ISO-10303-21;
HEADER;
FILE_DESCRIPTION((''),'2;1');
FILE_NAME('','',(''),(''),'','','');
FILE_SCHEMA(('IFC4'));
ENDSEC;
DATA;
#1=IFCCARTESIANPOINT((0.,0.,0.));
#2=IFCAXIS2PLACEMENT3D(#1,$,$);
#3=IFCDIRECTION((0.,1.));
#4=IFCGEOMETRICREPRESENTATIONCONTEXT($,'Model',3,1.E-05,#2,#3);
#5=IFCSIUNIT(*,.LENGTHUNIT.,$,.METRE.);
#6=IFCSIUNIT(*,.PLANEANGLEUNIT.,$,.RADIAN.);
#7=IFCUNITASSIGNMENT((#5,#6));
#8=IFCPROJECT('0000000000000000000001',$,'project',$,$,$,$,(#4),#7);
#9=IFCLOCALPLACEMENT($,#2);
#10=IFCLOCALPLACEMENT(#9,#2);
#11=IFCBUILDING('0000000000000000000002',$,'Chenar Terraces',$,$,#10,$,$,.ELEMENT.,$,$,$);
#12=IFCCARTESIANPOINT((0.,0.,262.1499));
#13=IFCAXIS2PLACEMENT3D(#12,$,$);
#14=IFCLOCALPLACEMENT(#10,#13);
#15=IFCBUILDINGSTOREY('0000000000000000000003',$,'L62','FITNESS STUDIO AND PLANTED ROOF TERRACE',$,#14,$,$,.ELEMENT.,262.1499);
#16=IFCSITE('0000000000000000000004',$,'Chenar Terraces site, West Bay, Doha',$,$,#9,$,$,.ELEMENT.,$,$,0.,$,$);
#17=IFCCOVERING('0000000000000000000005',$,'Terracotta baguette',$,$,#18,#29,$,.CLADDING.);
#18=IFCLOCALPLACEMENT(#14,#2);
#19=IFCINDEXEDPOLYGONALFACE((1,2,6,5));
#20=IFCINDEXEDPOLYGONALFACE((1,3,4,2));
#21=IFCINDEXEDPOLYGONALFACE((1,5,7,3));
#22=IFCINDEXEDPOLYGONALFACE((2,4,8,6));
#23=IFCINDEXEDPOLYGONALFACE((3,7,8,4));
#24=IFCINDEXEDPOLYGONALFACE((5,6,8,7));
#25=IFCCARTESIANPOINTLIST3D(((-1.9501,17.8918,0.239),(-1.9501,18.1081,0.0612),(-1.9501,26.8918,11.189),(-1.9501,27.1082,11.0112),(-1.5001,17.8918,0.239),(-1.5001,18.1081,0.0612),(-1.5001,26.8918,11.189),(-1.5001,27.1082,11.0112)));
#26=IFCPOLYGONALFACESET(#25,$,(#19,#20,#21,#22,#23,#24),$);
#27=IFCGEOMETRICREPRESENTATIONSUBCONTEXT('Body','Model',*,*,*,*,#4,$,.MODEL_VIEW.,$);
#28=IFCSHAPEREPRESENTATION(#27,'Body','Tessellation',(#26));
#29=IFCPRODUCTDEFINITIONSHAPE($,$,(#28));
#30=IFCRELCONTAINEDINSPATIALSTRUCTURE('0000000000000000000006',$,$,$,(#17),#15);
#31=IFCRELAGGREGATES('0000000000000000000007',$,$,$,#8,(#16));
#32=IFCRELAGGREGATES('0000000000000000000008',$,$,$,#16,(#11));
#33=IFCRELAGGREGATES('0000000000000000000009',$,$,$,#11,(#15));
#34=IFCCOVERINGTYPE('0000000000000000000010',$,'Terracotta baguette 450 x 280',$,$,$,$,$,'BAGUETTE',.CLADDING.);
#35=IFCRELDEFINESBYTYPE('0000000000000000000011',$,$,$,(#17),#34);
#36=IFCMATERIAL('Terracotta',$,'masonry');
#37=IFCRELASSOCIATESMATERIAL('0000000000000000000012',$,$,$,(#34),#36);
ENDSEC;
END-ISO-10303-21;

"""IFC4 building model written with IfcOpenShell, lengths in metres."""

from ifc_helpers import new_model, si_unit, direction, frame, origin, origin_2d, place, context, subcontext, project, spatial, rectangle, extrude, material, material_profile, profile_set, type_object, element, save


model = new_model("IFC4")

# Units and contexts
model_context = context("Model", 3, precision=1e-05, world=origin(), true_north=direction((0.0, 1.0)))
body_context = subcontext(model_context, "Body", "Model", "MODEL_VIEW")
ifc_project = project(units=[si_unit("LENGTHUNIT", "METRE"), si_unit("PLANEANGLEUNIT", "RADIAN")], contexts=[model_context])

# Site, building, storey
site_placement = place(None, origin())
site = spatial("IfcSite", under=ifc_project, at=site_placement, Name="Chenar Terraces site, West Bay, Doha", CompositionType="ELEMENT", RefElevation=0.0)
building_placement = place(site_placement, origin())
building = spatial("IfcBuilding", under=site, at=building_placement, Name="Chenar Terraces", CompositionType="ELEMENT")
storey_placement = place(building_placement, frame((0.0, 0.0, 262.1499)))
storey = spatial("IfcBuildingStorey", under=building, at=storey_placement, Name="L62", Description="FITNESS STUDIO AND PLANTED ROOF TERRACE", CompositionType="ELEMENT", Elevation=262.1499)

# Covering
ifc_material_1 = material(Name="Terracotta", Category="masonry")
ifc_material_profile_1 = material_profile(ifc_material_1, rectangle(XDim=0.45, YDim=0.28, at=origin_2d()), Name="Terracotta baguette 450 x 280")
ifc_profile_set_1 = profile_set([ifc_material_profile_1], Name="Terracotta")
covering_type = type_object("IfcCoveringType", Name="Terracotta baguette 450 x 280", ElementType="BAGUETTE", PredefinedType="CLADDING", material=ifc_profile_set_1)
covering_placement = place(storey_placement, frame((-1.7251, 27.0, 11.1001), z_axis=(0.0, -0.634967, -0.772539), x_axis=(1.0, 0.0, 0.0)))
element("IfcCovering", 1, at=covering_placement, inside=storey, type_object=covering_type, Name="Terracotta baguette", PredefinedType="CLADDING", context=body_context, shape_type="SweptSolid", body=[
    extrude(rectangle(XDim=0.45, YDim=0.28, at=origin_2d()), origin(), (0.0, 0.0, 1.0), 14.1741),
])

save(model, "model.ifc")
